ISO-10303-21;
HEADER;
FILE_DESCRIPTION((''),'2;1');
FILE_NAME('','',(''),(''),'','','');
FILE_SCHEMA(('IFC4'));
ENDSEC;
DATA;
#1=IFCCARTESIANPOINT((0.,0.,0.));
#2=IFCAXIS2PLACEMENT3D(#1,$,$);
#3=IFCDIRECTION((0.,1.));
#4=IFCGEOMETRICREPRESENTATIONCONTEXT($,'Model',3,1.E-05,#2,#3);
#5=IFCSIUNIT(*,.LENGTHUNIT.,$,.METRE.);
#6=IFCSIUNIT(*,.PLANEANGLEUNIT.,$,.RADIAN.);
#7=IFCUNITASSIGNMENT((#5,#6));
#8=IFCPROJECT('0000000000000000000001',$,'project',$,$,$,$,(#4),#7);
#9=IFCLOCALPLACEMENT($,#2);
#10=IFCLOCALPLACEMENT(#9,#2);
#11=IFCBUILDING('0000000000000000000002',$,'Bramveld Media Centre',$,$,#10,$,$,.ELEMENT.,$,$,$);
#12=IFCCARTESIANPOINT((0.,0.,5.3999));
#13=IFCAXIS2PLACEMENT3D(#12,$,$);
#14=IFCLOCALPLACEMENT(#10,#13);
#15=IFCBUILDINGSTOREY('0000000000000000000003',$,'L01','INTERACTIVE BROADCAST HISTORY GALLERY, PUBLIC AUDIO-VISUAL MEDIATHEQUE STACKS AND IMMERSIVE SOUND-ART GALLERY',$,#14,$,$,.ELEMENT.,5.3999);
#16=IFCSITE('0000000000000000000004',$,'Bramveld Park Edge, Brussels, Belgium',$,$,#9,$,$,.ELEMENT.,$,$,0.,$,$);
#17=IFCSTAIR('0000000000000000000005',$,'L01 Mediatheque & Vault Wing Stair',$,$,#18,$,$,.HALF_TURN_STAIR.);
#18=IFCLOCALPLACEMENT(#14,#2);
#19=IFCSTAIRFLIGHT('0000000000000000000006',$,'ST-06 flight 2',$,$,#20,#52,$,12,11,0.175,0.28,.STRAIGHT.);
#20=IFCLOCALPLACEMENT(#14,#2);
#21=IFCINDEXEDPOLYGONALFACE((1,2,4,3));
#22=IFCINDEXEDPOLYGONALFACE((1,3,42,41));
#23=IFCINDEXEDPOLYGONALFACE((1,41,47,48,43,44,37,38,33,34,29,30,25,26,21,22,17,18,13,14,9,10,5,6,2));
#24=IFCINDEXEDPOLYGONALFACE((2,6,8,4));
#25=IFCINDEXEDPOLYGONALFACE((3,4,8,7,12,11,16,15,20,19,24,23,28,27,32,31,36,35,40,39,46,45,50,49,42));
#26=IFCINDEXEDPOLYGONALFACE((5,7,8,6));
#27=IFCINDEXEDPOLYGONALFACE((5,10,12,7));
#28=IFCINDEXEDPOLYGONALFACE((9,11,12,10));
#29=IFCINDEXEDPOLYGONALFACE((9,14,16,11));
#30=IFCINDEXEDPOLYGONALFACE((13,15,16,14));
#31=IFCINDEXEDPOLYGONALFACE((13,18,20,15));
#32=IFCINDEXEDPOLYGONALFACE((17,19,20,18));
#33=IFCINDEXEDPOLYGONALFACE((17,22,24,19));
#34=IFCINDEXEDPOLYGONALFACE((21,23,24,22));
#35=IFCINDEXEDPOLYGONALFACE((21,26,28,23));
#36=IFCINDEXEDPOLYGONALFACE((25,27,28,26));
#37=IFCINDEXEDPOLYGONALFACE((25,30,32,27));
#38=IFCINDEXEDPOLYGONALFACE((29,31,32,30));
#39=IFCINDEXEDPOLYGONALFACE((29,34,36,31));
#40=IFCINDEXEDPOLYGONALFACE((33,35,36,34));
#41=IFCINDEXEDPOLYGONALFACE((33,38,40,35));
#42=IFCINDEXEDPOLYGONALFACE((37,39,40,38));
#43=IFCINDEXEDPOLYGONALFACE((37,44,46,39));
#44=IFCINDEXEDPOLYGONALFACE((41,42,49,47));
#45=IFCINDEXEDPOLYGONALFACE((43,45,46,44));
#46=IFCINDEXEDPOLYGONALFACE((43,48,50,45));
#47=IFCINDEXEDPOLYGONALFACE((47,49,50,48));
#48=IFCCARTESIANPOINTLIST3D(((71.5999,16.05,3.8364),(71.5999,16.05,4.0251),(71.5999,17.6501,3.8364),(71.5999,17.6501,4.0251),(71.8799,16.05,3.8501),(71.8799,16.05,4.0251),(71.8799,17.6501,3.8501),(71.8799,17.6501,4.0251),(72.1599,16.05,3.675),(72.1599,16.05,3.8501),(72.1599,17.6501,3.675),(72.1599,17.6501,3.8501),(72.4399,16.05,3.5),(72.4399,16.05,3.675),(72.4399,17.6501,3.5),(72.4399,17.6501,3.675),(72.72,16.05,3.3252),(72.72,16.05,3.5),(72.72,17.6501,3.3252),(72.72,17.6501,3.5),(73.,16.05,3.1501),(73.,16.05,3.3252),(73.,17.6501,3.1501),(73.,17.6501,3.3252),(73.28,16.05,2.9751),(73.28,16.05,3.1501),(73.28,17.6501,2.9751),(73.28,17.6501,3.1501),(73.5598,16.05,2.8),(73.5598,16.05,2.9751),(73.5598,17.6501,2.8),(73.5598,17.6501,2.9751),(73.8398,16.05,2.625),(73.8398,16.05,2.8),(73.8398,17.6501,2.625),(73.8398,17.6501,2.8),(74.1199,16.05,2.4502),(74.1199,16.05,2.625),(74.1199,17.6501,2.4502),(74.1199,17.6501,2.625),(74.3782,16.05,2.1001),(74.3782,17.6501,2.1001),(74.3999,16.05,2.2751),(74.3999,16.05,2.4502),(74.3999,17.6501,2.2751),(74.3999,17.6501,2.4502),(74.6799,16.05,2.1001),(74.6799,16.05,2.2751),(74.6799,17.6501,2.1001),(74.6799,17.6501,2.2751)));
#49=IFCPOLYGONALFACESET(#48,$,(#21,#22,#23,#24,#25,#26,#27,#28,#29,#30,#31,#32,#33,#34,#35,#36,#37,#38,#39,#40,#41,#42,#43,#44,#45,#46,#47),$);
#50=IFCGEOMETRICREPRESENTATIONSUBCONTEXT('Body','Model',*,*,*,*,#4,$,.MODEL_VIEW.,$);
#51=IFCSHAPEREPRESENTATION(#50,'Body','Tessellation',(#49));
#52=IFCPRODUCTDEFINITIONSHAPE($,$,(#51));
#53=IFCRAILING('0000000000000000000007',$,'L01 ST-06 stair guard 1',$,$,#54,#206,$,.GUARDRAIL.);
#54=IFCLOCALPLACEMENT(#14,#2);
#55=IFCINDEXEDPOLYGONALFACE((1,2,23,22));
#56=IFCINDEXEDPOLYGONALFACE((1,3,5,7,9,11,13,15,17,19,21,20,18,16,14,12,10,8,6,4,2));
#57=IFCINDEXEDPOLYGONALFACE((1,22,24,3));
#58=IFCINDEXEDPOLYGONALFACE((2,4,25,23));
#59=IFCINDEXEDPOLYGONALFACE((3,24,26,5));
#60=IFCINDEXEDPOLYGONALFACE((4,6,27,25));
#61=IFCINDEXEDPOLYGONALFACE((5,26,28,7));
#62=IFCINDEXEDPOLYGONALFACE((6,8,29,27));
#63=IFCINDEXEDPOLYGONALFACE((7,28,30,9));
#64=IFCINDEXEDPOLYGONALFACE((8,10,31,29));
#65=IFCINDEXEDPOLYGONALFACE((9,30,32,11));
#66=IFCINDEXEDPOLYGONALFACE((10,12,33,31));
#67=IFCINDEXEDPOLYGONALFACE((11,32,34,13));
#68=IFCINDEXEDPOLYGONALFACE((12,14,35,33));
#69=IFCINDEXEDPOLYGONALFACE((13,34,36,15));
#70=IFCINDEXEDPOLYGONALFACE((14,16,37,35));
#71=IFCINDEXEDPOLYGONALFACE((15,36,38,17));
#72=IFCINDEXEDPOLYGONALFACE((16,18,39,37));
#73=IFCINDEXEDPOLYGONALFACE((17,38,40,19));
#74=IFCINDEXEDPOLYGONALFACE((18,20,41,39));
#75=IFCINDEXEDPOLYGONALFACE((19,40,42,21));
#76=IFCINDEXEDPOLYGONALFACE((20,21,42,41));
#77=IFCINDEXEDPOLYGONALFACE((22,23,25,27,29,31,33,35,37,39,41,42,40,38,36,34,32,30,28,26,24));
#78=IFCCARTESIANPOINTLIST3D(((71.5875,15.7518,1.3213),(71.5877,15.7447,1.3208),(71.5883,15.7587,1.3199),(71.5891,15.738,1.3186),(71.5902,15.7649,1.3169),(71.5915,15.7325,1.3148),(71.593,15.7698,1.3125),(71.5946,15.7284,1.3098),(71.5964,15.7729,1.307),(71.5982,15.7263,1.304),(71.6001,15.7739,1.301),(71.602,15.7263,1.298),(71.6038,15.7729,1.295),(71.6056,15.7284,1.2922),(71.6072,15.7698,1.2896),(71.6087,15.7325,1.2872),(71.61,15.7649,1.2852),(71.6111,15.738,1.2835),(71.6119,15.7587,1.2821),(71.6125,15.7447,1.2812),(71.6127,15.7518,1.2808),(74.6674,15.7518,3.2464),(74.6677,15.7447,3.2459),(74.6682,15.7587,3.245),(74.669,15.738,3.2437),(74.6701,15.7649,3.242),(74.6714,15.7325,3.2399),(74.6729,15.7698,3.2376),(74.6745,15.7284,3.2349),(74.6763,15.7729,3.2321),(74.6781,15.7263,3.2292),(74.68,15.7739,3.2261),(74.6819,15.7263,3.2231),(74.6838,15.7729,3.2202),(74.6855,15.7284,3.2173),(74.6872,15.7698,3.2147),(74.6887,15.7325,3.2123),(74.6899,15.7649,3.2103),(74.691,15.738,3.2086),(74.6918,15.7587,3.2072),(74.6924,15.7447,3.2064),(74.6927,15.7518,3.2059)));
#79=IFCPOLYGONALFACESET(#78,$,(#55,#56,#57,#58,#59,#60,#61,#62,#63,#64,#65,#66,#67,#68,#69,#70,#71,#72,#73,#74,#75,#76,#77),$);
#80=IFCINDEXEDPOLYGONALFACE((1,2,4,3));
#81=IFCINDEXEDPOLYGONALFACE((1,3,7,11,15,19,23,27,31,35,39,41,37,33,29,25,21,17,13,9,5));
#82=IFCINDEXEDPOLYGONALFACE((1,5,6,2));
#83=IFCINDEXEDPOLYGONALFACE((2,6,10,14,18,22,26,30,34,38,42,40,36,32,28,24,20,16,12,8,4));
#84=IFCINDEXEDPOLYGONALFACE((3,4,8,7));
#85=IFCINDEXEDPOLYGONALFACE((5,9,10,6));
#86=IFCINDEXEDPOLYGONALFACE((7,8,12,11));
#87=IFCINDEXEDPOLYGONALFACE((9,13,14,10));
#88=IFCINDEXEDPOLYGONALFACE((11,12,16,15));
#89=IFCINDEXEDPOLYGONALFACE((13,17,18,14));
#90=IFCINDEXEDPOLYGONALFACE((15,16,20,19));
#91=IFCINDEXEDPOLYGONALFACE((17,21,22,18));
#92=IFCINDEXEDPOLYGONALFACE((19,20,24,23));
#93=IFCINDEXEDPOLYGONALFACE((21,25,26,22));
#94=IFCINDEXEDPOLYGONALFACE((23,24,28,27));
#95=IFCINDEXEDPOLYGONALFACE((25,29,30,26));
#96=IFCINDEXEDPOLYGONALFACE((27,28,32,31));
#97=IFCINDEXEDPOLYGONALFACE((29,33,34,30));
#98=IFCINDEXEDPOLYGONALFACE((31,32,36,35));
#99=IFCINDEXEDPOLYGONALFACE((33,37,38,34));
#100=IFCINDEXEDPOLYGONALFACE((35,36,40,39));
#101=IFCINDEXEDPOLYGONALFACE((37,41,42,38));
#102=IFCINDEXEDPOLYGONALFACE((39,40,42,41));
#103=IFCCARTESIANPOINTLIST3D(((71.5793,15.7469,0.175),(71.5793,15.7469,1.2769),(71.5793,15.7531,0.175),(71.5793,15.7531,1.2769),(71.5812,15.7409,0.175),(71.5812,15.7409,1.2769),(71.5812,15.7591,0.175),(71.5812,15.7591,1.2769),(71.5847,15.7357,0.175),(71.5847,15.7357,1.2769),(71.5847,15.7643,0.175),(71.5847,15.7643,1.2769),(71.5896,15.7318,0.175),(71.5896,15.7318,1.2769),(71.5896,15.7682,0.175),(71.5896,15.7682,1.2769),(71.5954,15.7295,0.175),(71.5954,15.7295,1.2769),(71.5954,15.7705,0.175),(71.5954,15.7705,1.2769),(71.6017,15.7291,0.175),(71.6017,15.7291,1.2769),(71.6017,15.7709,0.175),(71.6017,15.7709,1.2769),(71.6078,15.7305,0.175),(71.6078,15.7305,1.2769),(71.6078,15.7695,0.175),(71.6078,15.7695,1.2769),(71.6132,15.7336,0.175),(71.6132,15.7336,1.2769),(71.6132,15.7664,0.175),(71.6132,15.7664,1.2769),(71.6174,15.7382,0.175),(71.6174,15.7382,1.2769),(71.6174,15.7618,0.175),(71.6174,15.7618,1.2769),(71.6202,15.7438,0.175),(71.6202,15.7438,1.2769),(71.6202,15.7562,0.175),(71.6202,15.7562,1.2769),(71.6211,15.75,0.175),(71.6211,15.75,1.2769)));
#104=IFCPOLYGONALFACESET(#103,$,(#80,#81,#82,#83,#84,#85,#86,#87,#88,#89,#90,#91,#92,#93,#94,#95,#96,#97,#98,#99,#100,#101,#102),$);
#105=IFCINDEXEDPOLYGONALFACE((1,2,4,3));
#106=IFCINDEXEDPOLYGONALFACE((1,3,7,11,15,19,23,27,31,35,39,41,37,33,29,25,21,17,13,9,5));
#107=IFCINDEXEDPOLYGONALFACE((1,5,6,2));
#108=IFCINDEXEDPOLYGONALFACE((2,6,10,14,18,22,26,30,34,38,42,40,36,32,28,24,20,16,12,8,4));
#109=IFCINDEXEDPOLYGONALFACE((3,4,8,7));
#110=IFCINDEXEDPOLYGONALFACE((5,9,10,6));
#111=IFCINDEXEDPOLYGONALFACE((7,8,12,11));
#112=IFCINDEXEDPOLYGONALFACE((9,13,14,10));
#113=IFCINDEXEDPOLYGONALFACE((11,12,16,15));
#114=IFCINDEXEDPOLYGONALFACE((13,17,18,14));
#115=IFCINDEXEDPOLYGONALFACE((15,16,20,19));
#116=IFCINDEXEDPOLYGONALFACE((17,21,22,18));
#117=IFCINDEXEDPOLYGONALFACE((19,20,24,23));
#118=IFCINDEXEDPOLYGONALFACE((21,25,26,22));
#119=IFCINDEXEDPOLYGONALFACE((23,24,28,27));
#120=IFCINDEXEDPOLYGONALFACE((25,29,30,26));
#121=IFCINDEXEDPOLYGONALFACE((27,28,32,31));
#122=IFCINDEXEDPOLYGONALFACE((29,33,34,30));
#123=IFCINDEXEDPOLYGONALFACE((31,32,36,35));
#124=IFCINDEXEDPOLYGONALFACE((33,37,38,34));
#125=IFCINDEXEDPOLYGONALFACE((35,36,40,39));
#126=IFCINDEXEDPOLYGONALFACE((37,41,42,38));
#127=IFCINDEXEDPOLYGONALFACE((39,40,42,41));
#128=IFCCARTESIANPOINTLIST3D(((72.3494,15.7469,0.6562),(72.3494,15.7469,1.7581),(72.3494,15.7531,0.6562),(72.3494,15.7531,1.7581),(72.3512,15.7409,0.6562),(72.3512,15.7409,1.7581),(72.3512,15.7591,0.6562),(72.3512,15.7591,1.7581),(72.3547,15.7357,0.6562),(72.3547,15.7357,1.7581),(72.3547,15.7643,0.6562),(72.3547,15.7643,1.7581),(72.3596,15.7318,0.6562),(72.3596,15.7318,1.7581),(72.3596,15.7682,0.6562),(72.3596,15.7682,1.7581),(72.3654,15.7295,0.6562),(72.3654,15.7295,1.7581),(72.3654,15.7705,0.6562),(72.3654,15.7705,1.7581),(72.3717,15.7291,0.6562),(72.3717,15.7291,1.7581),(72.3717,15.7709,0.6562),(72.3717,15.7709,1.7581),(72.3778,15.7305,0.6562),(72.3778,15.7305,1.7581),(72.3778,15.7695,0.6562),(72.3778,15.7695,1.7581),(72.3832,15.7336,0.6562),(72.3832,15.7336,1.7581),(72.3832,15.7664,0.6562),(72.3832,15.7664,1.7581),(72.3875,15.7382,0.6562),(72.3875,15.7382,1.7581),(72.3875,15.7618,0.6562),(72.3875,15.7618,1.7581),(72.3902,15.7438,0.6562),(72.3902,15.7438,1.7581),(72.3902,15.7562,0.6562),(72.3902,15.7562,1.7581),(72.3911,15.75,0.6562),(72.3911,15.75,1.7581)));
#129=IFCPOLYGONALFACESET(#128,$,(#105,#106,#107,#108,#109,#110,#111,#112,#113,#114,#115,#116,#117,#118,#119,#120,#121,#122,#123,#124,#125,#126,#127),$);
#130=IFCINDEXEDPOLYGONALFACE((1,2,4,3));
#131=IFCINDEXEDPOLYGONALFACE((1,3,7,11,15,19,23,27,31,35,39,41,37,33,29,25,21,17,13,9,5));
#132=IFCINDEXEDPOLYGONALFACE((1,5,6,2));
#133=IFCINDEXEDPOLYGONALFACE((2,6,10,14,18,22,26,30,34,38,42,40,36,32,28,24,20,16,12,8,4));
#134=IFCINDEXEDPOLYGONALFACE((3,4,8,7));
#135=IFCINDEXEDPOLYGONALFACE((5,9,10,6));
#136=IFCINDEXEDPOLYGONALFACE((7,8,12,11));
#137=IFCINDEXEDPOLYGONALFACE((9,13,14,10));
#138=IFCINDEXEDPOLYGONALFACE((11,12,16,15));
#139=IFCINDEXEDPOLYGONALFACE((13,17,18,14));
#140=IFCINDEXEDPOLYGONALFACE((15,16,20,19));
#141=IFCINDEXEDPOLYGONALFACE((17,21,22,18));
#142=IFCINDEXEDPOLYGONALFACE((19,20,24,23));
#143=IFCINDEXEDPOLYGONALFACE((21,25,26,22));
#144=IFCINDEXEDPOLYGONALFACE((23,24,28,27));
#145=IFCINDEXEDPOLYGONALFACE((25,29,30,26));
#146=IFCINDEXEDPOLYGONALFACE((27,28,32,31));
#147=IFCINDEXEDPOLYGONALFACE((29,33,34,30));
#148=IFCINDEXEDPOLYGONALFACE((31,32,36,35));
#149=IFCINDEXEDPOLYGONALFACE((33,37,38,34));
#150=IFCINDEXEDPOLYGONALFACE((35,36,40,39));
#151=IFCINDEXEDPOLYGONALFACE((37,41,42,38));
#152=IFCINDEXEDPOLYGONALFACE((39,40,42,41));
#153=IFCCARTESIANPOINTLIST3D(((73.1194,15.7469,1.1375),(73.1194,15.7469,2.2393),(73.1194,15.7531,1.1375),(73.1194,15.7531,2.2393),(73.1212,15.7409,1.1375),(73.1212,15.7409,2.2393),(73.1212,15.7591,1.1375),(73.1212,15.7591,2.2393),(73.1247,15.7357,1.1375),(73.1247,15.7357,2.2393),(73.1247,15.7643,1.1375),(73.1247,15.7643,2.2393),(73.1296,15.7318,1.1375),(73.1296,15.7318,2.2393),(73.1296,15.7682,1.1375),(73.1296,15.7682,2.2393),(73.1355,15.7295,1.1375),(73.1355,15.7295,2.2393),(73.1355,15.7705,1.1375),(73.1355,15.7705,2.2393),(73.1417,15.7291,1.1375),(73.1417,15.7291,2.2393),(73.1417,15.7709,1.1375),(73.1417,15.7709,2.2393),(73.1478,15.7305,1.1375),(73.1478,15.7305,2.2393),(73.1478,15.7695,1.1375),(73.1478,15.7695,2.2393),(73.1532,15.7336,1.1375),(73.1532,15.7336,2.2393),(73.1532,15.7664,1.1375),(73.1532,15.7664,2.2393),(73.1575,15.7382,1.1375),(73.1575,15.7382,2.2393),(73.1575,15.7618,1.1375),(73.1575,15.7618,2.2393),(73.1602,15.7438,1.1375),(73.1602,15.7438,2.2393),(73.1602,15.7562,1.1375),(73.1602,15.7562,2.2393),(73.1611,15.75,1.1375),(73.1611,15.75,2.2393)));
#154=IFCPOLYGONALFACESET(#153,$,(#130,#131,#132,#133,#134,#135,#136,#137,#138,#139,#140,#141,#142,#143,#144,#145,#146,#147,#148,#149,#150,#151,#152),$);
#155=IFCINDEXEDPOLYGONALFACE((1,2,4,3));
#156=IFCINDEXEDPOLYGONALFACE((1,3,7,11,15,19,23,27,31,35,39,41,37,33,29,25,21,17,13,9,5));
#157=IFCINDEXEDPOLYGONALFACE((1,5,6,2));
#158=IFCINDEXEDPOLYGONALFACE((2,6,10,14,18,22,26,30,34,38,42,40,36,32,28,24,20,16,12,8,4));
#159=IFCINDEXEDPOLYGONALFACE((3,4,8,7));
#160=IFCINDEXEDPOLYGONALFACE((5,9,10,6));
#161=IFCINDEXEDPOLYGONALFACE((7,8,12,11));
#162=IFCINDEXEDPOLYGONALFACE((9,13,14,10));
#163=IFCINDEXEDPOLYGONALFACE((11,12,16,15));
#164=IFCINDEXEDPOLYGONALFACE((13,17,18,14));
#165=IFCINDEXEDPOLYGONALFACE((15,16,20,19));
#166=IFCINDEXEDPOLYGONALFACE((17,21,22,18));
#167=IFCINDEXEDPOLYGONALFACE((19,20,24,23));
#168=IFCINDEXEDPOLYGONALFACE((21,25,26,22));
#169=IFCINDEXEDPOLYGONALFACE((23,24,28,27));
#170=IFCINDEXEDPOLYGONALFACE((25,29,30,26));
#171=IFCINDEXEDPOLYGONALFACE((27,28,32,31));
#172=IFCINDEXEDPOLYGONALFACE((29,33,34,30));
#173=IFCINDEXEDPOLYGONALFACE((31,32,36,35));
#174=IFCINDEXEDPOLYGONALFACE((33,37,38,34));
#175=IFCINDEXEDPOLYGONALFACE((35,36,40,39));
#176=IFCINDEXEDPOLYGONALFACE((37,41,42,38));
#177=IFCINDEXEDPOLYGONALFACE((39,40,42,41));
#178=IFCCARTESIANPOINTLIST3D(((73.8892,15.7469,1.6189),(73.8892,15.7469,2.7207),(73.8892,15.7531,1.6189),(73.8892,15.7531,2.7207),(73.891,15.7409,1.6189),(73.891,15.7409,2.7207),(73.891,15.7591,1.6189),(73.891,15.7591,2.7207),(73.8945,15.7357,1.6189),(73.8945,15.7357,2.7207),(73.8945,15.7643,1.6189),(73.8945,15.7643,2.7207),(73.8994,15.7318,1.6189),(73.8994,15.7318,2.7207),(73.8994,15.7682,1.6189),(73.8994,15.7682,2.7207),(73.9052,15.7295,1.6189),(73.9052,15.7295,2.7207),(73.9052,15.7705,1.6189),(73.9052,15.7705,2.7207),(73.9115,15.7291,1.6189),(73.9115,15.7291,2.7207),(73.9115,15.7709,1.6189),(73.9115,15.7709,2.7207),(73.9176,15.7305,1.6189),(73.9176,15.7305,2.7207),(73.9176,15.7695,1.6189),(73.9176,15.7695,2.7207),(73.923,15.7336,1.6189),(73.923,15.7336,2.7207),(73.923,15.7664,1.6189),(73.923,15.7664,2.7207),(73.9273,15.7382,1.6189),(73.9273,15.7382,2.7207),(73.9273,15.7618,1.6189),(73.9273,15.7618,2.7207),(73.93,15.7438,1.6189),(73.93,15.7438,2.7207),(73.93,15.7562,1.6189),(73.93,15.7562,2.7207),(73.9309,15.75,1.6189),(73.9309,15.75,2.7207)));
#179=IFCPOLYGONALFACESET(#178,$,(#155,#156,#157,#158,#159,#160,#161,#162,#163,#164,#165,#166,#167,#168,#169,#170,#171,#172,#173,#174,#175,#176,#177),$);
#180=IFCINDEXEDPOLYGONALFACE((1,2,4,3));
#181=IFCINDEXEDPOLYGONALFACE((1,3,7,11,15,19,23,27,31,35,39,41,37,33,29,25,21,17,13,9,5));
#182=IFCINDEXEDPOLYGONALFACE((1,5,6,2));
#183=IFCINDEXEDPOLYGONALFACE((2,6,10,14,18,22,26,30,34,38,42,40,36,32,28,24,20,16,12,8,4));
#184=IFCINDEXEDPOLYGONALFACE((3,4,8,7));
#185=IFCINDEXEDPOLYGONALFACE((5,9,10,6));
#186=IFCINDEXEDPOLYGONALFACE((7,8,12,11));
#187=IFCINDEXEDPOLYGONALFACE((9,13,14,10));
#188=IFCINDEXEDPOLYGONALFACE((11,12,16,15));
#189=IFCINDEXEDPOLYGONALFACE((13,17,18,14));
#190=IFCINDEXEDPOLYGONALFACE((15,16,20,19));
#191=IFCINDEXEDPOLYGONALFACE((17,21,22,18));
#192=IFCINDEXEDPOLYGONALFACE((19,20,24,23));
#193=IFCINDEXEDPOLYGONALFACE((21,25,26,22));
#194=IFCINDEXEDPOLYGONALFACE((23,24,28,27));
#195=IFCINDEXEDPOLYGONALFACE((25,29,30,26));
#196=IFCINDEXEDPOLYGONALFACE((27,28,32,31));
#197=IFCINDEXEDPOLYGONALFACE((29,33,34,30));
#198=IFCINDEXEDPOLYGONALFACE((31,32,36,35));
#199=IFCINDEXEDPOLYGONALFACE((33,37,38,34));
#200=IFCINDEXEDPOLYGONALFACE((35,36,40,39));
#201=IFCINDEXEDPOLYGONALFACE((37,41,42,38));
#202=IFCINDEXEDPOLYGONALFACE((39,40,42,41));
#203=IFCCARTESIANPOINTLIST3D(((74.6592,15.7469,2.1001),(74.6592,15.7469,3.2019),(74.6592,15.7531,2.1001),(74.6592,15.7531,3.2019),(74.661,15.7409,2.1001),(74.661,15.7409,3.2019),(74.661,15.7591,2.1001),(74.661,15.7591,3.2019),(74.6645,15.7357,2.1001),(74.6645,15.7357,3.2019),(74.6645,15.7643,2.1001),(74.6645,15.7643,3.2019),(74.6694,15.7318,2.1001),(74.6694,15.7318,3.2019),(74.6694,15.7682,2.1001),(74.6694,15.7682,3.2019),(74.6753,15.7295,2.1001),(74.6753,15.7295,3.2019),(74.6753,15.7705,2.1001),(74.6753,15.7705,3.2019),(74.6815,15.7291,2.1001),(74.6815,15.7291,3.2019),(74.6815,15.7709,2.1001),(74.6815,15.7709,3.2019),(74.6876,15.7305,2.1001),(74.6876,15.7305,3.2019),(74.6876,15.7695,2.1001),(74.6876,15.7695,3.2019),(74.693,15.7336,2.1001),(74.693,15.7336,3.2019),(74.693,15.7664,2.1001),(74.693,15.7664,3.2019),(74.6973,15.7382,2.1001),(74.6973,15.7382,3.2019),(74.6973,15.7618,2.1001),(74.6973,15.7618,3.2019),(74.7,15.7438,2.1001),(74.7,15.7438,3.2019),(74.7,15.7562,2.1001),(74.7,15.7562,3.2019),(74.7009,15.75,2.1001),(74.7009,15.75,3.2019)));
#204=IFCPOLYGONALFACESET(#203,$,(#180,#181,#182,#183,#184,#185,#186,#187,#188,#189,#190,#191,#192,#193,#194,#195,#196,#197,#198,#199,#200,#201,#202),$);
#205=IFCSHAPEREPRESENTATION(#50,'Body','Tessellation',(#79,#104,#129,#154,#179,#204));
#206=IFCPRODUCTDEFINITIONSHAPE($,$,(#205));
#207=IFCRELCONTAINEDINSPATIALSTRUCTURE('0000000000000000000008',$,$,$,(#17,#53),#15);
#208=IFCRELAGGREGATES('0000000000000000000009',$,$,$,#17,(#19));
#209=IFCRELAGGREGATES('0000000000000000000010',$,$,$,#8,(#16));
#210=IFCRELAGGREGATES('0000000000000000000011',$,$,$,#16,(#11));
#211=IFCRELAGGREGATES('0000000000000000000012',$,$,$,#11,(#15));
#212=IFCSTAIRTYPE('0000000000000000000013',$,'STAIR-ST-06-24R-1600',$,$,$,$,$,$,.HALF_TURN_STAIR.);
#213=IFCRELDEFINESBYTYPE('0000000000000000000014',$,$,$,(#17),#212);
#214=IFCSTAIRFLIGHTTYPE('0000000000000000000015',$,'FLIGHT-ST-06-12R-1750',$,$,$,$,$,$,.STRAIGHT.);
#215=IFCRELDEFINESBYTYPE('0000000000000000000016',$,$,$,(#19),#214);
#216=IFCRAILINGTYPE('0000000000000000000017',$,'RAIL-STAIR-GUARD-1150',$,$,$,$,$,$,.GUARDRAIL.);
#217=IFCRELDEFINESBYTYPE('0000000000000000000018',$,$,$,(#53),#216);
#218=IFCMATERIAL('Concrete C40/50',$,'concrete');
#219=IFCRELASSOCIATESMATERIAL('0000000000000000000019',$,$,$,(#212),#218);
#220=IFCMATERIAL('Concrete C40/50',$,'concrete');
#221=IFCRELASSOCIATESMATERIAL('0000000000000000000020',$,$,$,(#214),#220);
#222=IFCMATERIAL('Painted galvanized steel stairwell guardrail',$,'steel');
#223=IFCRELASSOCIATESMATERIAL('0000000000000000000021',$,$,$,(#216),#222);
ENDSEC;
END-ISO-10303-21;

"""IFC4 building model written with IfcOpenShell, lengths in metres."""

from ifc_helpers import new_model, si_unit, direction, frame, origin, origin_2d, place, context, subcontext, project, spatial, polyline, circle, outline, extrude, material, type_object, element, aggregate, save


model = new_model("IFC4")

# Units and contexts
model_context = context("Model", 3, precision=1e-05, world=origin(), true_north=direction((0.0, 1.0)))
body_context = subcontext(model_context, "Body", "Model", "MODEL_VIEW")
ifc_project = project(units=[si_unit("LENGTHUNIT", "METRE"), si_unit("PLANEANGLEUNIT", "RADIAN")], contexts=[model_context])

# Site, building, storey
site_placement = place(None, origin())
site = spatial("IfcSite", under=ifc_project, at=site_placement, Name="Bramveld Park Edge, Brussels, Belgium", CompositionType="ELEMENT", RefElevation=0.0)
building_placement = place(site_placement, origin())
building = spatial("IfcBuilding", under=site, at=building_placement, Name="Bramveld Media Centre", CompositionType="ELEMENT")
storey_placement = place(building_placement, frame((0.0, 0.0, 5.3999)))
storey = spatial("IfcBuildingStorey", under=building, at=storey_placement, Name="L01", Description="INTERACTIVE BROADCAST HISTORY GALLERY, PUBLIC AUDIO-VISUAL MEDIATHEQUE STACKS AND IMMERSIVE SOUND-ART GALLERY", CompositionType="ELEMENT", Elevation=5.3999)

# Stair, stair flight
ifc_material_1 = material(Name="Concrete C40/50", Category="concrete")
stair_type = type_object("IfcStairType", Name="STAIR-ST-06-24R-1600", PredefinedType="HALF_TURN_STAIR", material=ifc_material_1)
stair_placement = place(storey_placement, origin())
stair = element("IfcStair", 1, at=stair_placement, inside=storey, type_object=stair_type, Name="L01 Mediatheque & Vault Wing Stair", PredefinedType="HALF_TURN_STAIR")
ifc_material_2 = material(Name="Concrete C40/50", Category="concrete")
stair_flight_type = type_object("IfcStairFlightType", Name="FLIGHT-ST-06-12R-1750", PredefinedType="STRAIGHT", material=ifc_material_2)
stair_flight_1_placement = place(storey_placement, frame((74.6799, 16.8501, 2.1001), z_axis=(0.0, 0.0, 1.0), x_axis=(-1.0, 0.0, 0.0)))
stair_flight_1 = element("IfcStairFlight", 2, at=stair_flight_1_placement, type_object=stair_flight_type, Name="ST-06 flight 2", NumberOfRisers=12, NumberOfTreads=11, PredefinedType="STRAIGHT", RiserHeight=0.175, TreadLength=0.28, context=body_context, shape_type="SweptSolid", body=[
    extrude(outline(polyline([(0.0, 0.0), (0.0, 0.175), (0.28, 0.175), (0.28, 0.3501), (0.5601, 0.3501), (0.5601, 0.5249), (0.8401, 0.5249), (0.8401, 0.7), (1.1201, 0.7), (1.1201, 0.875), (1.3999, 0.875), (1.3999, 1.05), (1.6799, 1.05), (1.6799, 1.2251), (1.96, 1.2251), (1.96, 1.3999), (2.24, 1.3999), (2.24, 1.575), (2.52, 1.575), (2.52, 1.75), (2.8, 1.75), (2.8, 1.925), (3.0801, 1.925), (3.0801, 2.1001), (3.0801, 1.7363), (0.3018, 0.0), (0.0, 0.0)])), frame((0.0, 0.8, 0.0), z_axis=(0.0, -1.0, 0.0), x_axis=(1.0, 0.0, 0.0)), (0.0, 0.0, 1.0), 1.6001),
])
aggregate(stair, [stair_flight_1])

# Railing
ifc_material_3 = material(Name="Painted galvanized steel stairwell guardrail", Category="steel")
railing_type_1 = type_object("IfcRailingType", Name="RAIL-STAIR-GUARD-1150", PredefinedType="GUARDRAIL", material=ifc_material_3)
railing_1_placement = place(storey_placement, frame((71.6001, 15.75, 0.175)))
element("IfcRailing", 3, at=railing_1_placement, inside=storey, type_object=railing_type_1, Name="L01 ST-06 stair guard 1", PredefinedType="GUARDRAIL", context=body_context, shape_type="SweptSolid", body=[
    extrude(circle(Radius=0.0239, at=origin_2d()), frame((0.0, 0.0, 1.126), z_axis=(0.847979, 0.0, 0.530029), x_axis=(0.0, 1.0, 0.0)), (0.0, 0.0, 1.0), 3.6321),
    extrude(circle(Radius=0.021, at=origin_2d()), origin(), (0.0, 0.0, 1.0), 1.1018),
    extrude(circle(Radius=0.021, at=origin_2d()), frame((0.77, 0.0, 0.4812)), (0.0, 0.0, 1.0), 1.1018),
    extrude(circle(Radius=0.021, at=origin_2d()), frame((1.54, 0.0, 0.9624)), (0.0, 0.0, 1.0), 1.1018),
    extrude(circle(Radius=0.021, at=origin_2d()), frame((2.3098, 0.0, 1.4438)), (0.0, 0.0, 1.0), 1.1018),
    extrude(circle(Radius=0.021, at=origin_2d()), frame((3.0798, 0.0, 1.925)), (0.0, 0.0, 1.0), 1.1018),
])

save(model, "model.ifc")
